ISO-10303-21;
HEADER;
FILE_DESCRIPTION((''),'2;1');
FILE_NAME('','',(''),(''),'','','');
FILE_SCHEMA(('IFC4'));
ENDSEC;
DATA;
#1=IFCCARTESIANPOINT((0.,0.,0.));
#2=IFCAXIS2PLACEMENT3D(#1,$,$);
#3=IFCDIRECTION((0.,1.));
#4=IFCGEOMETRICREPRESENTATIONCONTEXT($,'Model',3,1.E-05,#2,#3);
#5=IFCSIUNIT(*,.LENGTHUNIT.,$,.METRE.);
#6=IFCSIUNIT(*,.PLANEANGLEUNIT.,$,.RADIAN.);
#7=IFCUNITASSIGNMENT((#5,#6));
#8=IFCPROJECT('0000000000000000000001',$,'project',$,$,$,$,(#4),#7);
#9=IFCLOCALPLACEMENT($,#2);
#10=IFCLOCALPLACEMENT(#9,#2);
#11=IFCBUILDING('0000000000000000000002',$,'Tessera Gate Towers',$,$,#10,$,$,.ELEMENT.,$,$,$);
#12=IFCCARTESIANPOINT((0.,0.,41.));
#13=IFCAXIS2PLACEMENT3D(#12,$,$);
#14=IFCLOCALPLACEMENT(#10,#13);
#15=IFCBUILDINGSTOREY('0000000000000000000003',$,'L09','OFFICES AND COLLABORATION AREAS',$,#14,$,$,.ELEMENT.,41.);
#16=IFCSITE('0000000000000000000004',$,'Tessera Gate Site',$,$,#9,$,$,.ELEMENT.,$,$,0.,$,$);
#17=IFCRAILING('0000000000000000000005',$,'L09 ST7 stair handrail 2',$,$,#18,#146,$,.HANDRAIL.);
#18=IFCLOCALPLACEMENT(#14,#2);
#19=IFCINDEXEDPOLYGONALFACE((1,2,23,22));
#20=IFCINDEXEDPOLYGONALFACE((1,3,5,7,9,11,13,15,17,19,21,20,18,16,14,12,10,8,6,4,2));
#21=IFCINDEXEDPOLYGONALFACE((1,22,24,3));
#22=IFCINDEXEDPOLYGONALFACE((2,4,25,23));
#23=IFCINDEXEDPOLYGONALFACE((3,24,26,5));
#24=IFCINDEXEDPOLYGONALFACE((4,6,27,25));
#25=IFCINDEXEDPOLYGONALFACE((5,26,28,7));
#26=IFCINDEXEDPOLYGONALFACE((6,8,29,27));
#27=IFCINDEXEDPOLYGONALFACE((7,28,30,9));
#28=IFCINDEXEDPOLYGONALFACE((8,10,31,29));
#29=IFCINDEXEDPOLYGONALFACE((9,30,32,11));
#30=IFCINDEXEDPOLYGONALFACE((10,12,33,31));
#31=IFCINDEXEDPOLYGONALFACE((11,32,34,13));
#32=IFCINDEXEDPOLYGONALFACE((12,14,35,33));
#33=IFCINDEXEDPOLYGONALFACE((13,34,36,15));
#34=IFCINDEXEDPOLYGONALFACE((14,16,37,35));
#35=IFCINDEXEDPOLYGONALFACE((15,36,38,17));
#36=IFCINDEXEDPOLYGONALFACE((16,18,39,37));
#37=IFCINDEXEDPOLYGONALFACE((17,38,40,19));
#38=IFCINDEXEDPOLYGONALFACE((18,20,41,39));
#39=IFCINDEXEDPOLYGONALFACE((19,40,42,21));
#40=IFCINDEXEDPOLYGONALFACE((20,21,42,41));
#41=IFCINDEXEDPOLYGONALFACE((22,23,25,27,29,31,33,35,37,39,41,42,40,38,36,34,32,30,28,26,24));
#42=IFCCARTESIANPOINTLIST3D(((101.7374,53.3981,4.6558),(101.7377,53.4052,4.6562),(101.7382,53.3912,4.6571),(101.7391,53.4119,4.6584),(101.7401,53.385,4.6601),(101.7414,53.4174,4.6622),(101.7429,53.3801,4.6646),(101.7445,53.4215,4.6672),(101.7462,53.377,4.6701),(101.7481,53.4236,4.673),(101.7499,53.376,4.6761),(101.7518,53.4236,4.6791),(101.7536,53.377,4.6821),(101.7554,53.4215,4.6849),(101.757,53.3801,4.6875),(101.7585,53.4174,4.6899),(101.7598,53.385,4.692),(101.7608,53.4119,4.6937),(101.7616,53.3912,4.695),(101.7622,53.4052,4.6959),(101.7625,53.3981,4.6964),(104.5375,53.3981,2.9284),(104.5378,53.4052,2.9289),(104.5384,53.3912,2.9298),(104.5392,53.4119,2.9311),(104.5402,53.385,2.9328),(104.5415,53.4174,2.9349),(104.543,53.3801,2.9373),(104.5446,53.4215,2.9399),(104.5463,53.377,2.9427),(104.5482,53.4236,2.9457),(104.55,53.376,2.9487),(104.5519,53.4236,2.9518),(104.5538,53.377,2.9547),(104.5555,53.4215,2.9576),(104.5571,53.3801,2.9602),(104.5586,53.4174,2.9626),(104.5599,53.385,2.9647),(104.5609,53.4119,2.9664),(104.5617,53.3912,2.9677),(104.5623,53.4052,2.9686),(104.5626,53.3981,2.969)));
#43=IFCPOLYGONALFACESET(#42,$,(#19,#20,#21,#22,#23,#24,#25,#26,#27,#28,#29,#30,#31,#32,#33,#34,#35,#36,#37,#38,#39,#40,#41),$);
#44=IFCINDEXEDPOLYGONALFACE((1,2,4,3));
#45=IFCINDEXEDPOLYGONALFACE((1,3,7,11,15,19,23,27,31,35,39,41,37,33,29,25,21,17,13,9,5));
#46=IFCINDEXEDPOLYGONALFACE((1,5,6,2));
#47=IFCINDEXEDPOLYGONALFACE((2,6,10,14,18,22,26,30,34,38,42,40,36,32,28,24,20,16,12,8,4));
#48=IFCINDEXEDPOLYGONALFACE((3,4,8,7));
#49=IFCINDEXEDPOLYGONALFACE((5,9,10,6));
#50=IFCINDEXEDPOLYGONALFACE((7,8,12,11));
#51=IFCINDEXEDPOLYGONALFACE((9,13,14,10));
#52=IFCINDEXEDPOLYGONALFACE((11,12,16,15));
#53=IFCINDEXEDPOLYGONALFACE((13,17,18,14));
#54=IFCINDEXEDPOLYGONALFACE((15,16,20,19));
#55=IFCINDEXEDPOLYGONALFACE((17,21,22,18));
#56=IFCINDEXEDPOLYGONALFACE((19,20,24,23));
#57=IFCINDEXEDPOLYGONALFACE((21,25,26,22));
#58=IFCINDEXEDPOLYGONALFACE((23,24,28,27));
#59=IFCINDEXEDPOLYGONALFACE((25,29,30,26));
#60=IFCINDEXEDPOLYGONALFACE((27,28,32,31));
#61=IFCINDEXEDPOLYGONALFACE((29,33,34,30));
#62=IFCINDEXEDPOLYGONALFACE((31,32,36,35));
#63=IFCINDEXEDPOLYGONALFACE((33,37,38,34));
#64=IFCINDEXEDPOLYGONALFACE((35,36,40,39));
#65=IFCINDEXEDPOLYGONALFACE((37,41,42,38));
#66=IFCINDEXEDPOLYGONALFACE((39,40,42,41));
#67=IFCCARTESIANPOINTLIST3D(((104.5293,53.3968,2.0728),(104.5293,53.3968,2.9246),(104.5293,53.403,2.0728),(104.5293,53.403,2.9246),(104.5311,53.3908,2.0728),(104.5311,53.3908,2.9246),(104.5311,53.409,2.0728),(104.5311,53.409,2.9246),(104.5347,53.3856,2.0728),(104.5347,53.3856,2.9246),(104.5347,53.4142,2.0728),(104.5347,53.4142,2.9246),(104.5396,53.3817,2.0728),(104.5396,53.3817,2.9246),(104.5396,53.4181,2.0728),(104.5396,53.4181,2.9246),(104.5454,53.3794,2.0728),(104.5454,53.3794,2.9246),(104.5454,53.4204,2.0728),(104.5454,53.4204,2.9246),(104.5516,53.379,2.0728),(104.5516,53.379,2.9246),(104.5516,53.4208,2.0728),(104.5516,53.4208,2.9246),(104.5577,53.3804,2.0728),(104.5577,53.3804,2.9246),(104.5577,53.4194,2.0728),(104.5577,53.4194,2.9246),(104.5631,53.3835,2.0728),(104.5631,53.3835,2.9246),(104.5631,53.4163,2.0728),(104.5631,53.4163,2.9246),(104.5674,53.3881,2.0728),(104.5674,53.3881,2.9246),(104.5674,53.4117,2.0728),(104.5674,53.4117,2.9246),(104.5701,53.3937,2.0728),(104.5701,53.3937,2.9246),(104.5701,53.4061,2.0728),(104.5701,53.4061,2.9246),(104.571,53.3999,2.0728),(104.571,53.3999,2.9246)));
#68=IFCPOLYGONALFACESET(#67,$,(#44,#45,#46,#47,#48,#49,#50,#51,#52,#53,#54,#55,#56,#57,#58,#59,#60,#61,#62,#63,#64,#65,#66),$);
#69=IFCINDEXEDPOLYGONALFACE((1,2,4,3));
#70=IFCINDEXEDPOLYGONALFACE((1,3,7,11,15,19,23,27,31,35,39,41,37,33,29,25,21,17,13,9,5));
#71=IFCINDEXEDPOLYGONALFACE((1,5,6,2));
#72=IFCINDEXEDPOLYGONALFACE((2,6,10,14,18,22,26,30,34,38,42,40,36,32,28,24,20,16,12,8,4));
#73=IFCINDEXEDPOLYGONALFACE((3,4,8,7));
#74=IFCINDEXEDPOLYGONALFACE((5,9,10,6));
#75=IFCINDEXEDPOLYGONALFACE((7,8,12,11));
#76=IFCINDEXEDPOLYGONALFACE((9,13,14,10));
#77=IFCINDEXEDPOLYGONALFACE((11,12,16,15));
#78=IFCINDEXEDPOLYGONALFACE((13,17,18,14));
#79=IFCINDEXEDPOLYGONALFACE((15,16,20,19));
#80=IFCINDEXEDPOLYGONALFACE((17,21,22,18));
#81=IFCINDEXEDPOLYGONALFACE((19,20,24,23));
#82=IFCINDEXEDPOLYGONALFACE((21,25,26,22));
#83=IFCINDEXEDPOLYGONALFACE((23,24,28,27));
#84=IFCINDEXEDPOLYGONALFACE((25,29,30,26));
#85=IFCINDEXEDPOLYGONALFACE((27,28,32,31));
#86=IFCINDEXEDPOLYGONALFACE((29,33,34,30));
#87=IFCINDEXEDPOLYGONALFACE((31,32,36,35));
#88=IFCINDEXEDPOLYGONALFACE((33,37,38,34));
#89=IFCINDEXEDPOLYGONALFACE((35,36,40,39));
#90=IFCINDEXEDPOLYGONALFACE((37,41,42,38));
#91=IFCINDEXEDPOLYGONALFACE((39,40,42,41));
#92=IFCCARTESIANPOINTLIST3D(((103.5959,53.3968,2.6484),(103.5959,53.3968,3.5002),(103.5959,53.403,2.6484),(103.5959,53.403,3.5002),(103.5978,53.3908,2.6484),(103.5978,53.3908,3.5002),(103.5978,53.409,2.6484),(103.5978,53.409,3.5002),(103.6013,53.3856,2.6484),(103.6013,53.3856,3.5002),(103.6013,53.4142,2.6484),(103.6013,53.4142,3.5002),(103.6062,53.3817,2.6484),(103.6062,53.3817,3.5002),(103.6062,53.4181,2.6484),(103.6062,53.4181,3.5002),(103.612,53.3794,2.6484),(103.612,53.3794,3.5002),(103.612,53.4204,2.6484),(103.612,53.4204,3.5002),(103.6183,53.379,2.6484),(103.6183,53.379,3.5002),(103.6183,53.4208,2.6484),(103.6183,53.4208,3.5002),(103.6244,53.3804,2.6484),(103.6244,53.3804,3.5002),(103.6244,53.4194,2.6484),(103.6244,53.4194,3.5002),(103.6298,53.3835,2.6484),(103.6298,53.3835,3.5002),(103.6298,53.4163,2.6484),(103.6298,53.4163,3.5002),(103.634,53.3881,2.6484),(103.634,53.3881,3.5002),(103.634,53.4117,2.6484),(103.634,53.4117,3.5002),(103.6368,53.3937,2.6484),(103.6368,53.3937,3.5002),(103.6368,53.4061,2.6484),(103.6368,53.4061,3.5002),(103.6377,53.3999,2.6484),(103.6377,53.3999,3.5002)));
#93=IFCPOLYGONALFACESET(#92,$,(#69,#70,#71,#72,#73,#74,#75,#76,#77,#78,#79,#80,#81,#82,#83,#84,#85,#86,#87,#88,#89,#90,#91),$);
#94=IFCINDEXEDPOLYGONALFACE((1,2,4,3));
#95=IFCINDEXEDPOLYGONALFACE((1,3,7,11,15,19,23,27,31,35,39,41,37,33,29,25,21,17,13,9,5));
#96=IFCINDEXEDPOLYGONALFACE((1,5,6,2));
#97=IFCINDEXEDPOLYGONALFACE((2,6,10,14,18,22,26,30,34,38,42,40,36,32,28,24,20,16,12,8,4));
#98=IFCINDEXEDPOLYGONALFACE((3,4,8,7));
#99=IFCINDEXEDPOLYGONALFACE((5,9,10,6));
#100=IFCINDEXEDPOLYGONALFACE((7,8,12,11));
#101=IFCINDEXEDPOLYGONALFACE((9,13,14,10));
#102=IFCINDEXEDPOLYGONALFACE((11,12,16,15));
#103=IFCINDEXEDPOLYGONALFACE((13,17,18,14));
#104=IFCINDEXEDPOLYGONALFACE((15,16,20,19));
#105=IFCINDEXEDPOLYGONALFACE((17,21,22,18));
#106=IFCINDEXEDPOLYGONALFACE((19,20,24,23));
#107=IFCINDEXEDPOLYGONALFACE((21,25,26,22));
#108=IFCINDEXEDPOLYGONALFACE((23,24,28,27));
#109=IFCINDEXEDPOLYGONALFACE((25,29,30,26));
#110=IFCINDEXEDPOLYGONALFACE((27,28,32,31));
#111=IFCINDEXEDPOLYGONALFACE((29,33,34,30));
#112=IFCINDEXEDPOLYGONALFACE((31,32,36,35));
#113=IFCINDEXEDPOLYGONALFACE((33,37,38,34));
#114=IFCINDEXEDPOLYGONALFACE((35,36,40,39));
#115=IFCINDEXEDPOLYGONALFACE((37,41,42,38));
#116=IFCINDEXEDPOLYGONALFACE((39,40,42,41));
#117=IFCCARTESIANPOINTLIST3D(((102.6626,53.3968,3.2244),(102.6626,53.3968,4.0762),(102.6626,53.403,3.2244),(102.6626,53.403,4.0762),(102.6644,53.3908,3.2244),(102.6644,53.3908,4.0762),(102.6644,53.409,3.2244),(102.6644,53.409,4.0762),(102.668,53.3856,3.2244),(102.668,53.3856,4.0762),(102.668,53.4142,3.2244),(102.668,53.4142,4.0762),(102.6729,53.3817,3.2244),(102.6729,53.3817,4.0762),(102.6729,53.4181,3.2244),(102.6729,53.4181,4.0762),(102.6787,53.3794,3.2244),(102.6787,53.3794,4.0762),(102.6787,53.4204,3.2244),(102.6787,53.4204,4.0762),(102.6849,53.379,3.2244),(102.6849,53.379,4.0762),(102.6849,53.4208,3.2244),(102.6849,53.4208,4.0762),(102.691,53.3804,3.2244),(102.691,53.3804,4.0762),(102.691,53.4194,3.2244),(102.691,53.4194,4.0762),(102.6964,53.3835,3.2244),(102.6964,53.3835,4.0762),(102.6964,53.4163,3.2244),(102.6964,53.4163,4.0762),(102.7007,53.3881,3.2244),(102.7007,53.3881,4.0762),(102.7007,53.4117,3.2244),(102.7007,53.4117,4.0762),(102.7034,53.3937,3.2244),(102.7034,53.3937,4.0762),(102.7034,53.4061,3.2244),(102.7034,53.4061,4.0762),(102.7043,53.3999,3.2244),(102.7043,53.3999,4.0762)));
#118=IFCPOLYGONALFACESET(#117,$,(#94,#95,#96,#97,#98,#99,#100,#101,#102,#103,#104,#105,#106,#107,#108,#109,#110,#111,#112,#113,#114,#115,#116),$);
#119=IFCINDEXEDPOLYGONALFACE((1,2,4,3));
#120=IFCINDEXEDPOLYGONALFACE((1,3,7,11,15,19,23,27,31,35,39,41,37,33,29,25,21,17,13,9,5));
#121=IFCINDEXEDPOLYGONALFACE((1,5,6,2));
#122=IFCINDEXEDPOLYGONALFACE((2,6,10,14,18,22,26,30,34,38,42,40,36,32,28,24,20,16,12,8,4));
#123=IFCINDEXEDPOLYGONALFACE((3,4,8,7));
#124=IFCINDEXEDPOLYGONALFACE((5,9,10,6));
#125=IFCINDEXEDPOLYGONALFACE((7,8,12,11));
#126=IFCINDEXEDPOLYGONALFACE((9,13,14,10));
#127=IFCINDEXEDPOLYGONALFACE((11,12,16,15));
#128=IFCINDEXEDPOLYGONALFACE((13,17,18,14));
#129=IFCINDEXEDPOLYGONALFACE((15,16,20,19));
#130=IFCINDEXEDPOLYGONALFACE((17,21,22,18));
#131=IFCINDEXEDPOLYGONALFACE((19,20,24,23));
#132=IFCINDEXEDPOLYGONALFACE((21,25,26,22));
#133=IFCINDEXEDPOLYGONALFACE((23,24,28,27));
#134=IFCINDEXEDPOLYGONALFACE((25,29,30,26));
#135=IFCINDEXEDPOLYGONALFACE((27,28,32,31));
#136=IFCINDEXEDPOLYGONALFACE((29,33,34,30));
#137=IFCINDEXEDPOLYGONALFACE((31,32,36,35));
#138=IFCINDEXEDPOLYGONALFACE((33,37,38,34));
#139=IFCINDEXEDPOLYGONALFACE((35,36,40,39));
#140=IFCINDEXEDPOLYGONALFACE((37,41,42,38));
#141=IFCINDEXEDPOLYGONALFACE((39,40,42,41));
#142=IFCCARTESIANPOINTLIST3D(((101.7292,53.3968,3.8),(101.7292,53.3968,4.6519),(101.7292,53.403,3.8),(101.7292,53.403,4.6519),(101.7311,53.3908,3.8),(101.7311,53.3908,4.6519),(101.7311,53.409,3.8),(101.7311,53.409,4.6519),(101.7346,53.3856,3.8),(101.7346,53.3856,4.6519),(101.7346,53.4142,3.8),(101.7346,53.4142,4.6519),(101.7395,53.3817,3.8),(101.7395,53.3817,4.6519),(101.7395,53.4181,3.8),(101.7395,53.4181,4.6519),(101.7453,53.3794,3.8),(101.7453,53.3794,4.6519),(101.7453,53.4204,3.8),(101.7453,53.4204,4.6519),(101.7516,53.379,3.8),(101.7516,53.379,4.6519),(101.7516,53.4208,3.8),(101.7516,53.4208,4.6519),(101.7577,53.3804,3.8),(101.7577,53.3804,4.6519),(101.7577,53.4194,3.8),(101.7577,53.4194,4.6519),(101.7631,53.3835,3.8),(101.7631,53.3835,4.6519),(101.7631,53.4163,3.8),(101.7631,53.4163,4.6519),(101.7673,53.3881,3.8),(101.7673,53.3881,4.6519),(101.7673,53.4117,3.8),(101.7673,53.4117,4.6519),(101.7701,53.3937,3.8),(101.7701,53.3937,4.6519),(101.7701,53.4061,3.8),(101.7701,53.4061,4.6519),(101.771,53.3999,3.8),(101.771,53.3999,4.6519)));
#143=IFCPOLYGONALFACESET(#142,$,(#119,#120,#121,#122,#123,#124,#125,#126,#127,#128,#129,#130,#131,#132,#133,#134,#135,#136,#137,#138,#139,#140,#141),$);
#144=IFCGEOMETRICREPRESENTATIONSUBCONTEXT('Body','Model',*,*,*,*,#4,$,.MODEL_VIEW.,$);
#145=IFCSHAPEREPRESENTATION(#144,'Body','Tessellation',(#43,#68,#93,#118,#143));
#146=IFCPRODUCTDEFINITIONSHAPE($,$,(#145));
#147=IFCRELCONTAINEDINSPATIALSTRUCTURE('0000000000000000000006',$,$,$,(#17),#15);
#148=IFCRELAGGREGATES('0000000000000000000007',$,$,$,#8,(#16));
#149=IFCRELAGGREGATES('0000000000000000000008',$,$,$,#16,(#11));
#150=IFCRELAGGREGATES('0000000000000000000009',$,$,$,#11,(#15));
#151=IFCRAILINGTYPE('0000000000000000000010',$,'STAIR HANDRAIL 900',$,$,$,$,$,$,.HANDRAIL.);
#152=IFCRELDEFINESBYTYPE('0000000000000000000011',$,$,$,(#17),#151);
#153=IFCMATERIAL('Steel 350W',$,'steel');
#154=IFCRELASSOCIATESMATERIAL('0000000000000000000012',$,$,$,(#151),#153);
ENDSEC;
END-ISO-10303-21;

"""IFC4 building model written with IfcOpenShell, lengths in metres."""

from ifc_helpers import new_model, si_unit, direction, frame, origin, origin_2d, place, context, subcontext, project, spatial, circle, extrude, material, type_object, element, save


model = new_model("IFC4")

# Units and contexts
model_context = context("Model", 3, precision=1e-05, world=origin(), true_north=direction((0.0, 1.0)))
body_context = subcontext(model_context, "Body", "Model", "MODEL_VIEW")
ifc_project = project(units=[si_unit("LENGTHUNIT", "METRE"), si_unit("PLANEANGLEUNIT", "RADIAN")], contexts=[model_context])

# Site, building, storey
site_placement = place(None, origin())
site = spatial("IfcSite", under=ifc_project, at=site_placement, Name="Tessera Gate Site", CompositionType="ELEMENT", RefElevation=0.0)
building_placement = place(site_placement, origin())
building = spatial("IfcBuilding", under=site, at=building_placement, Name="Tessera Gate Towers", CompositionType="ELEMENT")
storey_placement = place(building_placement, frame((0.0, 0.0, 41.0)))
storey = spatial("IfcBuildingStorey", under=building, at=storey_placement, Name="L09", Description="OFFICES AND COLLABORATION AREAS", CompositionType="ELEMENT", Elevation=41.0)

# Railing
ifc_material_1 = material(Name="Steel 350W", Category="steel")
railing_type_1 = type_object("IfcRailingType", Name="STAIR HANDRAIL 900", PredefinedType="HANDRAIL", material=ifc_material_1)
railing_1_placement = place(storey_placement, frame((104.55, 53.3999, 2.0728)))
element("IfcRailing", 1, at=railing_1_placement, inside=storey, type_object=railing_type_1, Name="L09 ST7 stair handrail 2", PredefinedType="HANDRAIL", context=body_context, shape_type="SweptSolid", body=[
    extrude(circle(Radius=0.0239, at=origin_2d()), frame((0.0, 0.0, 0.876), z_axis=(-0.85109, 0.0, 0.52502), x_axis=(0.0, -1.0, 0.0)), (0.0, 0.0, 1.0), 3.29),
    extrude(circle(Radius=0.021, at=origin_2d()), origin(), (0.0, 0.0, 1.0), 0.8518),
    extrude(circle(Radius=0.021, at=origin_2d()), frame((-0.9333, 0.0, 0.5757)), (0.0, 0.0, 1.0), 0.8518),
    extrude(circle(Radius=0.021, at=origin_2d()), frame((-1.8667, 0.0, 1.1516)), (0.0, 0.0, 1.0), 0.8518),
    extrude(circle(Radius=0.021, at=origin_2d()), frame((-2.8, 0.0, 1.7273)), (0.0, 0.0, 1.0), 0.8518),
])

save(model, "model.ifc")
